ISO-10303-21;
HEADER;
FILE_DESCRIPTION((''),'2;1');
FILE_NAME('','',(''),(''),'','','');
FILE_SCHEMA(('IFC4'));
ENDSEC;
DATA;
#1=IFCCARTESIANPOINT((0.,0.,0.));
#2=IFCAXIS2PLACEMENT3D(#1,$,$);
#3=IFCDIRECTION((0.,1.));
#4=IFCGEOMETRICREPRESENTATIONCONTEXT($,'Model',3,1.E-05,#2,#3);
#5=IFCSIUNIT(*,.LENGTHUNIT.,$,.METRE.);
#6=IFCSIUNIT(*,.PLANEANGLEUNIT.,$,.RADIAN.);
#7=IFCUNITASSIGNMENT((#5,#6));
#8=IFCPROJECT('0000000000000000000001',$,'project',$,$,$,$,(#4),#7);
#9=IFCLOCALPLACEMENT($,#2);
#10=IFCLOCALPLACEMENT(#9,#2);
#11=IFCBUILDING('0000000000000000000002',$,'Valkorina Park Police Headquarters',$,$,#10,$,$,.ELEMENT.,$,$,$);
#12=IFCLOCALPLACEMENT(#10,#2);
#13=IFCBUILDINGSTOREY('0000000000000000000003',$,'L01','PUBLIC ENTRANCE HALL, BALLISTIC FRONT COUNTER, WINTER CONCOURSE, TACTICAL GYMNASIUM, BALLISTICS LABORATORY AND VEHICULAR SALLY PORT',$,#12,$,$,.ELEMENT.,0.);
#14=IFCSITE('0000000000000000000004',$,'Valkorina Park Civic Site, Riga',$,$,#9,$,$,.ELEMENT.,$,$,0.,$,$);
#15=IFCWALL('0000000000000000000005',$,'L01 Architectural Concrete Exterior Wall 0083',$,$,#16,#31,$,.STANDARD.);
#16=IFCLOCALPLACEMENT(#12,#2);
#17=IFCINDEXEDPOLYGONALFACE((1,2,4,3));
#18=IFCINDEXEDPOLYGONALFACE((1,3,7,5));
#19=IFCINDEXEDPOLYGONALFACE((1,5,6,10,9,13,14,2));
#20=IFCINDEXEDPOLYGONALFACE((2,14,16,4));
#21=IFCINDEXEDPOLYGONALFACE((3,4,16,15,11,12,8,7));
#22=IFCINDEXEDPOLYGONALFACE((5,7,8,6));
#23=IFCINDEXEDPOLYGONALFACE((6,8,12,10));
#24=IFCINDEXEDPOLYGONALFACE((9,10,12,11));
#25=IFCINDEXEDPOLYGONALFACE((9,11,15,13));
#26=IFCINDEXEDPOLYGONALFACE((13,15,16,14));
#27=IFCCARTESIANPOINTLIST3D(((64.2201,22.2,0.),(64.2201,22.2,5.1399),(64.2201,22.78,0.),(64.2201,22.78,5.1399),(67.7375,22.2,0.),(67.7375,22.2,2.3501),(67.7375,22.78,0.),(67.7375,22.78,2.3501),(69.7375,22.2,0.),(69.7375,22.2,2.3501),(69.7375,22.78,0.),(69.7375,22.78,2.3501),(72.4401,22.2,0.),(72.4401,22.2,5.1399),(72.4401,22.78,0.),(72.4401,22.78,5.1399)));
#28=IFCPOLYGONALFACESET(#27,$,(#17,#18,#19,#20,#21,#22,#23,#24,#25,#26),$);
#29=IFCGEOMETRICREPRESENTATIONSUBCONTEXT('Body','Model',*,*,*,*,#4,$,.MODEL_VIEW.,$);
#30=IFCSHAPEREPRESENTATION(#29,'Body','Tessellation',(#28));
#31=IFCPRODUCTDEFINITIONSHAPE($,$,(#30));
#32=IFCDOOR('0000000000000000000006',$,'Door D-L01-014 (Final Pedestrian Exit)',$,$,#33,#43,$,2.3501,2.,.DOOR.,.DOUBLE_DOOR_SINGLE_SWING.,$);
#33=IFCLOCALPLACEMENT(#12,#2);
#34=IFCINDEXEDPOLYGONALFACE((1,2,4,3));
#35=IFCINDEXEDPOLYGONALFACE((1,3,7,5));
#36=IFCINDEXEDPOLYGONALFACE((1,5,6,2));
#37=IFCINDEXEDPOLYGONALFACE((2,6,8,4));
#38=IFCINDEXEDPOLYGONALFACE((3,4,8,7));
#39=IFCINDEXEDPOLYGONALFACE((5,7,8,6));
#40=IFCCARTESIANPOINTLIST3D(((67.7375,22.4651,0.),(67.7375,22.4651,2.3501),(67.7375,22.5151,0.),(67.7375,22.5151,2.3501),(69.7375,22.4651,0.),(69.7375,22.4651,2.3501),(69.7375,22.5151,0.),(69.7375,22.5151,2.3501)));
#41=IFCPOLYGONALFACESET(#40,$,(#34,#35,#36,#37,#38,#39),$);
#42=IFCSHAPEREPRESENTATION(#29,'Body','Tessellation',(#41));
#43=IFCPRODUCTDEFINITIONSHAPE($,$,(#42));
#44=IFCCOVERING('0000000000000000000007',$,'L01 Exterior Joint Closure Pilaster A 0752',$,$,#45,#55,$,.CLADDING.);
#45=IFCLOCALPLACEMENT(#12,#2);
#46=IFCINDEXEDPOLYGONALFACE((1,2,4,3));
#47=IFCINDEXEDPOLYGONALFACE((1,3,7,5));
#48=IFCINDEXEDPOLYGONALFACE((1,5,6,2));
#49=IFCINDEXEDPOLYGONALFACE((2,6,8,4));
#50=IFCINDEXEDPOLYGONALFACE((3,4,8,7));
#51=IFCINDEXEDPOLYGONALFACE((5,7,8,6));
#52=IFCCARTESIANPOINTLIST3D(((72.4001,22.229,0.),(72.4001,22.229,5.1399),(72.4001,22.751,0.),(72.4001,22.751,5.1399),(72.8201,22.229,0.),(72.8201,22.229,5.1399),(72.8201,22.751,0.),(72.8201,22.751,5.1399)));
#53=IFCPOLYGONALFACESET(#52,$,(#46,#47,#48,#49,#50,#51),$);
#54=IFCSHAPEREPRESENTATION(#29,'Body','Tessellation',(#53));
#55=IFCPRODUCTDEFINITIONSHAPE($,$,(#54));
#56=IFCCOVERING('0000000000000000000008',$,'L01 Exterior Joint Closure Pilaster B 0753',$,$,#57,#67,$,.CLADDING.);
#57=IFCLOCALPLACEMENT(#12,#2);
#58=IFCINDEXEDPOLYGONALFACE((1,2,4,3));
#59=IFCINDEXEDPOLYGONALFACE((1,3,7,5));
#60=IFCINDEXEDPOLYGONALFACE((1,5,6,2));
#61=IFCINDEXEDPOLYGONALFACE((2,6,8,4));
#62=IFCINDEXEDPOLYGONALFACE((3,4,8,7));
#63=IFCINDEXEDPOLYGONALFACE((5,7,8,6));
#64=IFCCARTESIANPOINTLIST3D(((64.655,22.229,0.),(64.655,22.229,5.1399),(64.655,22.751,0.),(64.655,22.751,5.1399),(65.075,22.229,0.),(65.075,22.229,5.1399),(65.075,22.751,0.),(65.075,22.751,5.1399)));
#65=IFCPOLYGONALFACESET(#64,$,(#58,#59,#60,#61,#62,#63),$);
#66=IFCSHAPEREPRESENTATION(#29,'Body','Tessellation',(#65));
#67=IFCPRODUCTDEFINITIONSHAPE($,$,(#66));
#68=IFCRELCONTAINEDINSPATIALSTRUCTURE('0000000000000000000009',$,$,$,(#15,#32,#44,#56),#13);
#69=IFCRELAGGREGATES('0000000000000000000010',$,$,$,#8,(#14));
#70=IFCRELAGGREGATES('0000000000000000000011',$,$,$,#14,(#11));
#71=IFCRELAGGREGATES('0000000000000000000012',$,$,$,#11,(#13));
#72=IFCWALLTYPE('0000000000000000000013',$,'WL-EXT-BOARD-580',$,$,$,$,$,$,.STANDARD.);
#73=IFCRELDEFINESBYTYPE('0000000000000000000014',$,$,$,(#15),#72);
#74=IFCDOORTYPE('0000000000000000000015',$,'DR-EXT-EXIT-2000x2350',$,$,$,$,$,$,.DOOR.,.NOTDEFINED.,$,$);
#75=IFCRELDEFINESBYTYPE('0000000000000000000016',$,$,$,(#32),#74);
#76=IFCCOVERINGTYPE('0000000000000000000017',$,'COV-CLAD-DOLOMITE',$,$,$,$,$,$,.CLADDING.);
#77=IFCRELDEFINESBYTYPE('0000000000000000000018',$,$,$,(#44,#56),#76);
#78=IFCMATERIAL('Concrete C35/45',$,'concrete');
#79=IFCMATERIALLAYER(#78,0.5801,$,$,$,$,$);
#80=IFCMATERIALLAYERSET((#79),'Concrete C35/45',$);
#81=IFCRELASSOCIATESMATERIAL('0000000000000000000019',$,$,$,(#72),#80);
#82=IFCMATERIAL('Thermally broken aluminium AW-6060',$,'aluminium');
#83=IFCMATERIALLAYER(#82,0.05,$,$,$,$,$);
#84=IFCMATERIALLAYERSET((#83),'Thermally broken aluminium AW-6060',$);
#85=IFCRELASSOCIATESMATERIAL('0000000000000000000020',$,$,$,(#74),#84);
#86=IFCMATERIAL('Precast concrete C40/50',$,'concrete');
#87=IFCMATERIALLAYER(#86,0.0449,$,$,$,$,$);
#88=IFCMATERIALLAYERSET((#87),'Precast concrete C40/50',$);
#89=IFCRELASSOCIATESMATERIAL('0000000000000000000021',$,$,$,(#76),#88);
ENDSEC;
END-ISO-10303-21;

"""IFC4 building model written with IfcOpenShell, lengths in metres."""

from ifc_helpers import new_model, si_unit, direction, frame, frame_2d, origin, origin_2d, place, context, subcontext, project, spatial, rectangle, extrude, material, layer, layer_set, type_object, element, fill, save


model = new_model("IFC4")

# Units and contexts
model_context = context("Model", 3, precision=1e-05, world=origin(), true_north=direction((0.0, 1.0)))
body_context = subcontext(model_context, "Body", "Model", "MODEL_VIEW")
ifc_project = project(units=[si_unit("LENGTHUNIT", "METRE"), si_unit("PLANEANGLEUNIT", "RADIAN")], contexts=[model_context])

# Site, building, storey
site_placement = place(None, origin())
site = spatial("IfcSite", under=ifc_project, at=site_placement, Name="Valkorina Park Civic Site, Riga", CompositionType="ELEMENT", RefElevation=0.0)
building_placement = place(site_placement, origin())
building = spatial("IfcBuilding", under=site, at=building_placement, Name="Valkorina Park Police Headquarters", CompositionType="ELEMENT")
storey_placement = place(building_placement, origin())
storey = spatial("IfcBuildingStorey", under=building, at=storey_placement, Name="L01", Description="PUBLIC ENTRANCE HALL, BALLISTIC FRONT COUNTER, WINTER CONCOURSE, TACTICAL GYMNASIUM, BALLISTICS LABORATORY AND VEHICULAR SALLY PORT", CompositionType="ELEMENT", Elevation=0.0)

# Shared definitions
ifc_material_1 = material(Name="Thermally broken aluminium AW-6060", Category="aluminium")

# Wall, opening, door
ifc_material_2 = material(Name="Concrete C35/45", Category="concrete")
ifc_layer_1 = layer(ifc_material_2, 0.5801)
ifc_layer_set_1 = layer_set([ifc_layer_1], Name="Concrete C35/45")
wall_type = type_object("IfcWallType", Name="WL-EXT-BOARD-580", PredefinedType="STANDARD", material=ifc_layer_set_1)
wall_placement = place(storey_placement, frame((72.4399, 22.49, 0.0), z_axis=(0.0, 0.0, 1.0), x_axis=(-1.0, 0.0, 0.0)))
wall = element("IfcWall", 1, at=wall_placement, inside=storey, type_object=wall_type, Name="L01 Architectural Concrete Exterior Wall 0083", PredefinedType="STANDARD", context=body_context, shape_type="SweptSolid", body=[
    extrude(rectangle(XDim=8.22, YDim=0.5801, at=frame_2d((4.1099, 0.0))), origin(), (0.0, 0.0, 1.0), 5.1399),
])
opening_placement = place(wall_placement, frame((2.7024, 0.0, 0.0)))
opening = element("IfcOpeningElement", 2, at=opening_placement, cuts=wall, PredefinedType="OPENING", context=body_context, shape_type="SweptSolid", body=[
    extrude(rectangle(XDim=2.0, YDim=2.3501, at=frame_2d((1.0, 1.175))), frame((0.0, 0.3, 0.0), z_axis=(0.0, -1.0, 0.0), x_axis=(1.0, 0.0, 0.0)), (0.0, 0.0, 1.0), 0.6001),
])
ifc_layer_2 = layer(ifc_material_1, 0.05)
ifc_layer_set_2 = layer_set([ifc_layer_2], Name="Thermally broken aluminium AW-6060")
door_type = type_object("IfcDoorType", Name="DR-EXT-EXIT-2000x2350", OperationType="NOTDEFINED", PredefinedType="DOOR", material=ifc_layer_set_2)
door_placement = place(opening_placement, origin())
door = element("IfcDoor", 3, at=door_placement, inside=storey, type_object=door_type, Name="Door D-L01-014 (Final Pedestrian Exit)", OperationType="DOUBLE_DOOR_SINGLE_SWING", OverallHeight=2.3501, OverallWidth=2.0, PredefinedType="DOOR", context=body_context, shape_type="SweptSolid", body=[
    extrude(rectangle(XDim=2.0, YDim=2.3501, at=frame_2d((1.0, 1.175))), frame((0.0, 0.0249, 0.0), z_axis=(0.0, -1.0, 0.0), x_axis=(1.0, 0.0, 0.0)), (0.0, 0.0, 1.0), 0.05),
])
fill(opening, door)

# Coverings
ifc_material_3 = material(Name="Precast concrete C40/50", Category="concrete")
ifc_layer_3 = layer(ifc_material_3, 0.0449)
ifc_layer_set_3 = layer_set([ifc_layer_3], Name="Precast concrete C40/50")
covering_type = type_object("IfcCoveringType", Name="COV-CLAD-DOLOMITE", PredefinedType="CLADDING", material=ifc_layer_set_3)
for number, where, z_axis, x_axis, name in (
    (4, (72.6101, 22.49, 0.0), (0.0, 0.0, 1.0), (1.0, 0.0, 0.0), "L01 Exterior Joint Closure Pilaster A 0752"),
    (5, (64.865, 22.49, 0.0), (0.0, 0.0, 1.0), (1.0, 0.0, 0.0), "L01 Exterior Joint Closure Pilaster B 0753"),
):
    element("IfcCovering", number, at=place(storey_placement, frame(where, z_axis=z_axis, x_axis=x_axis)), inside=storey, type_object=covering_type, Name=name, PredefinedType="CLADDING", context=body_context, shape_type="SweptSolid", body=[
        extrude(rectangle(XDim=0.4199, YDim=0.522, at=origin_2d()), origin(), (0.0, 0.0, 1.0), 5.1399),
    ])

save(model, "model.ifc")
